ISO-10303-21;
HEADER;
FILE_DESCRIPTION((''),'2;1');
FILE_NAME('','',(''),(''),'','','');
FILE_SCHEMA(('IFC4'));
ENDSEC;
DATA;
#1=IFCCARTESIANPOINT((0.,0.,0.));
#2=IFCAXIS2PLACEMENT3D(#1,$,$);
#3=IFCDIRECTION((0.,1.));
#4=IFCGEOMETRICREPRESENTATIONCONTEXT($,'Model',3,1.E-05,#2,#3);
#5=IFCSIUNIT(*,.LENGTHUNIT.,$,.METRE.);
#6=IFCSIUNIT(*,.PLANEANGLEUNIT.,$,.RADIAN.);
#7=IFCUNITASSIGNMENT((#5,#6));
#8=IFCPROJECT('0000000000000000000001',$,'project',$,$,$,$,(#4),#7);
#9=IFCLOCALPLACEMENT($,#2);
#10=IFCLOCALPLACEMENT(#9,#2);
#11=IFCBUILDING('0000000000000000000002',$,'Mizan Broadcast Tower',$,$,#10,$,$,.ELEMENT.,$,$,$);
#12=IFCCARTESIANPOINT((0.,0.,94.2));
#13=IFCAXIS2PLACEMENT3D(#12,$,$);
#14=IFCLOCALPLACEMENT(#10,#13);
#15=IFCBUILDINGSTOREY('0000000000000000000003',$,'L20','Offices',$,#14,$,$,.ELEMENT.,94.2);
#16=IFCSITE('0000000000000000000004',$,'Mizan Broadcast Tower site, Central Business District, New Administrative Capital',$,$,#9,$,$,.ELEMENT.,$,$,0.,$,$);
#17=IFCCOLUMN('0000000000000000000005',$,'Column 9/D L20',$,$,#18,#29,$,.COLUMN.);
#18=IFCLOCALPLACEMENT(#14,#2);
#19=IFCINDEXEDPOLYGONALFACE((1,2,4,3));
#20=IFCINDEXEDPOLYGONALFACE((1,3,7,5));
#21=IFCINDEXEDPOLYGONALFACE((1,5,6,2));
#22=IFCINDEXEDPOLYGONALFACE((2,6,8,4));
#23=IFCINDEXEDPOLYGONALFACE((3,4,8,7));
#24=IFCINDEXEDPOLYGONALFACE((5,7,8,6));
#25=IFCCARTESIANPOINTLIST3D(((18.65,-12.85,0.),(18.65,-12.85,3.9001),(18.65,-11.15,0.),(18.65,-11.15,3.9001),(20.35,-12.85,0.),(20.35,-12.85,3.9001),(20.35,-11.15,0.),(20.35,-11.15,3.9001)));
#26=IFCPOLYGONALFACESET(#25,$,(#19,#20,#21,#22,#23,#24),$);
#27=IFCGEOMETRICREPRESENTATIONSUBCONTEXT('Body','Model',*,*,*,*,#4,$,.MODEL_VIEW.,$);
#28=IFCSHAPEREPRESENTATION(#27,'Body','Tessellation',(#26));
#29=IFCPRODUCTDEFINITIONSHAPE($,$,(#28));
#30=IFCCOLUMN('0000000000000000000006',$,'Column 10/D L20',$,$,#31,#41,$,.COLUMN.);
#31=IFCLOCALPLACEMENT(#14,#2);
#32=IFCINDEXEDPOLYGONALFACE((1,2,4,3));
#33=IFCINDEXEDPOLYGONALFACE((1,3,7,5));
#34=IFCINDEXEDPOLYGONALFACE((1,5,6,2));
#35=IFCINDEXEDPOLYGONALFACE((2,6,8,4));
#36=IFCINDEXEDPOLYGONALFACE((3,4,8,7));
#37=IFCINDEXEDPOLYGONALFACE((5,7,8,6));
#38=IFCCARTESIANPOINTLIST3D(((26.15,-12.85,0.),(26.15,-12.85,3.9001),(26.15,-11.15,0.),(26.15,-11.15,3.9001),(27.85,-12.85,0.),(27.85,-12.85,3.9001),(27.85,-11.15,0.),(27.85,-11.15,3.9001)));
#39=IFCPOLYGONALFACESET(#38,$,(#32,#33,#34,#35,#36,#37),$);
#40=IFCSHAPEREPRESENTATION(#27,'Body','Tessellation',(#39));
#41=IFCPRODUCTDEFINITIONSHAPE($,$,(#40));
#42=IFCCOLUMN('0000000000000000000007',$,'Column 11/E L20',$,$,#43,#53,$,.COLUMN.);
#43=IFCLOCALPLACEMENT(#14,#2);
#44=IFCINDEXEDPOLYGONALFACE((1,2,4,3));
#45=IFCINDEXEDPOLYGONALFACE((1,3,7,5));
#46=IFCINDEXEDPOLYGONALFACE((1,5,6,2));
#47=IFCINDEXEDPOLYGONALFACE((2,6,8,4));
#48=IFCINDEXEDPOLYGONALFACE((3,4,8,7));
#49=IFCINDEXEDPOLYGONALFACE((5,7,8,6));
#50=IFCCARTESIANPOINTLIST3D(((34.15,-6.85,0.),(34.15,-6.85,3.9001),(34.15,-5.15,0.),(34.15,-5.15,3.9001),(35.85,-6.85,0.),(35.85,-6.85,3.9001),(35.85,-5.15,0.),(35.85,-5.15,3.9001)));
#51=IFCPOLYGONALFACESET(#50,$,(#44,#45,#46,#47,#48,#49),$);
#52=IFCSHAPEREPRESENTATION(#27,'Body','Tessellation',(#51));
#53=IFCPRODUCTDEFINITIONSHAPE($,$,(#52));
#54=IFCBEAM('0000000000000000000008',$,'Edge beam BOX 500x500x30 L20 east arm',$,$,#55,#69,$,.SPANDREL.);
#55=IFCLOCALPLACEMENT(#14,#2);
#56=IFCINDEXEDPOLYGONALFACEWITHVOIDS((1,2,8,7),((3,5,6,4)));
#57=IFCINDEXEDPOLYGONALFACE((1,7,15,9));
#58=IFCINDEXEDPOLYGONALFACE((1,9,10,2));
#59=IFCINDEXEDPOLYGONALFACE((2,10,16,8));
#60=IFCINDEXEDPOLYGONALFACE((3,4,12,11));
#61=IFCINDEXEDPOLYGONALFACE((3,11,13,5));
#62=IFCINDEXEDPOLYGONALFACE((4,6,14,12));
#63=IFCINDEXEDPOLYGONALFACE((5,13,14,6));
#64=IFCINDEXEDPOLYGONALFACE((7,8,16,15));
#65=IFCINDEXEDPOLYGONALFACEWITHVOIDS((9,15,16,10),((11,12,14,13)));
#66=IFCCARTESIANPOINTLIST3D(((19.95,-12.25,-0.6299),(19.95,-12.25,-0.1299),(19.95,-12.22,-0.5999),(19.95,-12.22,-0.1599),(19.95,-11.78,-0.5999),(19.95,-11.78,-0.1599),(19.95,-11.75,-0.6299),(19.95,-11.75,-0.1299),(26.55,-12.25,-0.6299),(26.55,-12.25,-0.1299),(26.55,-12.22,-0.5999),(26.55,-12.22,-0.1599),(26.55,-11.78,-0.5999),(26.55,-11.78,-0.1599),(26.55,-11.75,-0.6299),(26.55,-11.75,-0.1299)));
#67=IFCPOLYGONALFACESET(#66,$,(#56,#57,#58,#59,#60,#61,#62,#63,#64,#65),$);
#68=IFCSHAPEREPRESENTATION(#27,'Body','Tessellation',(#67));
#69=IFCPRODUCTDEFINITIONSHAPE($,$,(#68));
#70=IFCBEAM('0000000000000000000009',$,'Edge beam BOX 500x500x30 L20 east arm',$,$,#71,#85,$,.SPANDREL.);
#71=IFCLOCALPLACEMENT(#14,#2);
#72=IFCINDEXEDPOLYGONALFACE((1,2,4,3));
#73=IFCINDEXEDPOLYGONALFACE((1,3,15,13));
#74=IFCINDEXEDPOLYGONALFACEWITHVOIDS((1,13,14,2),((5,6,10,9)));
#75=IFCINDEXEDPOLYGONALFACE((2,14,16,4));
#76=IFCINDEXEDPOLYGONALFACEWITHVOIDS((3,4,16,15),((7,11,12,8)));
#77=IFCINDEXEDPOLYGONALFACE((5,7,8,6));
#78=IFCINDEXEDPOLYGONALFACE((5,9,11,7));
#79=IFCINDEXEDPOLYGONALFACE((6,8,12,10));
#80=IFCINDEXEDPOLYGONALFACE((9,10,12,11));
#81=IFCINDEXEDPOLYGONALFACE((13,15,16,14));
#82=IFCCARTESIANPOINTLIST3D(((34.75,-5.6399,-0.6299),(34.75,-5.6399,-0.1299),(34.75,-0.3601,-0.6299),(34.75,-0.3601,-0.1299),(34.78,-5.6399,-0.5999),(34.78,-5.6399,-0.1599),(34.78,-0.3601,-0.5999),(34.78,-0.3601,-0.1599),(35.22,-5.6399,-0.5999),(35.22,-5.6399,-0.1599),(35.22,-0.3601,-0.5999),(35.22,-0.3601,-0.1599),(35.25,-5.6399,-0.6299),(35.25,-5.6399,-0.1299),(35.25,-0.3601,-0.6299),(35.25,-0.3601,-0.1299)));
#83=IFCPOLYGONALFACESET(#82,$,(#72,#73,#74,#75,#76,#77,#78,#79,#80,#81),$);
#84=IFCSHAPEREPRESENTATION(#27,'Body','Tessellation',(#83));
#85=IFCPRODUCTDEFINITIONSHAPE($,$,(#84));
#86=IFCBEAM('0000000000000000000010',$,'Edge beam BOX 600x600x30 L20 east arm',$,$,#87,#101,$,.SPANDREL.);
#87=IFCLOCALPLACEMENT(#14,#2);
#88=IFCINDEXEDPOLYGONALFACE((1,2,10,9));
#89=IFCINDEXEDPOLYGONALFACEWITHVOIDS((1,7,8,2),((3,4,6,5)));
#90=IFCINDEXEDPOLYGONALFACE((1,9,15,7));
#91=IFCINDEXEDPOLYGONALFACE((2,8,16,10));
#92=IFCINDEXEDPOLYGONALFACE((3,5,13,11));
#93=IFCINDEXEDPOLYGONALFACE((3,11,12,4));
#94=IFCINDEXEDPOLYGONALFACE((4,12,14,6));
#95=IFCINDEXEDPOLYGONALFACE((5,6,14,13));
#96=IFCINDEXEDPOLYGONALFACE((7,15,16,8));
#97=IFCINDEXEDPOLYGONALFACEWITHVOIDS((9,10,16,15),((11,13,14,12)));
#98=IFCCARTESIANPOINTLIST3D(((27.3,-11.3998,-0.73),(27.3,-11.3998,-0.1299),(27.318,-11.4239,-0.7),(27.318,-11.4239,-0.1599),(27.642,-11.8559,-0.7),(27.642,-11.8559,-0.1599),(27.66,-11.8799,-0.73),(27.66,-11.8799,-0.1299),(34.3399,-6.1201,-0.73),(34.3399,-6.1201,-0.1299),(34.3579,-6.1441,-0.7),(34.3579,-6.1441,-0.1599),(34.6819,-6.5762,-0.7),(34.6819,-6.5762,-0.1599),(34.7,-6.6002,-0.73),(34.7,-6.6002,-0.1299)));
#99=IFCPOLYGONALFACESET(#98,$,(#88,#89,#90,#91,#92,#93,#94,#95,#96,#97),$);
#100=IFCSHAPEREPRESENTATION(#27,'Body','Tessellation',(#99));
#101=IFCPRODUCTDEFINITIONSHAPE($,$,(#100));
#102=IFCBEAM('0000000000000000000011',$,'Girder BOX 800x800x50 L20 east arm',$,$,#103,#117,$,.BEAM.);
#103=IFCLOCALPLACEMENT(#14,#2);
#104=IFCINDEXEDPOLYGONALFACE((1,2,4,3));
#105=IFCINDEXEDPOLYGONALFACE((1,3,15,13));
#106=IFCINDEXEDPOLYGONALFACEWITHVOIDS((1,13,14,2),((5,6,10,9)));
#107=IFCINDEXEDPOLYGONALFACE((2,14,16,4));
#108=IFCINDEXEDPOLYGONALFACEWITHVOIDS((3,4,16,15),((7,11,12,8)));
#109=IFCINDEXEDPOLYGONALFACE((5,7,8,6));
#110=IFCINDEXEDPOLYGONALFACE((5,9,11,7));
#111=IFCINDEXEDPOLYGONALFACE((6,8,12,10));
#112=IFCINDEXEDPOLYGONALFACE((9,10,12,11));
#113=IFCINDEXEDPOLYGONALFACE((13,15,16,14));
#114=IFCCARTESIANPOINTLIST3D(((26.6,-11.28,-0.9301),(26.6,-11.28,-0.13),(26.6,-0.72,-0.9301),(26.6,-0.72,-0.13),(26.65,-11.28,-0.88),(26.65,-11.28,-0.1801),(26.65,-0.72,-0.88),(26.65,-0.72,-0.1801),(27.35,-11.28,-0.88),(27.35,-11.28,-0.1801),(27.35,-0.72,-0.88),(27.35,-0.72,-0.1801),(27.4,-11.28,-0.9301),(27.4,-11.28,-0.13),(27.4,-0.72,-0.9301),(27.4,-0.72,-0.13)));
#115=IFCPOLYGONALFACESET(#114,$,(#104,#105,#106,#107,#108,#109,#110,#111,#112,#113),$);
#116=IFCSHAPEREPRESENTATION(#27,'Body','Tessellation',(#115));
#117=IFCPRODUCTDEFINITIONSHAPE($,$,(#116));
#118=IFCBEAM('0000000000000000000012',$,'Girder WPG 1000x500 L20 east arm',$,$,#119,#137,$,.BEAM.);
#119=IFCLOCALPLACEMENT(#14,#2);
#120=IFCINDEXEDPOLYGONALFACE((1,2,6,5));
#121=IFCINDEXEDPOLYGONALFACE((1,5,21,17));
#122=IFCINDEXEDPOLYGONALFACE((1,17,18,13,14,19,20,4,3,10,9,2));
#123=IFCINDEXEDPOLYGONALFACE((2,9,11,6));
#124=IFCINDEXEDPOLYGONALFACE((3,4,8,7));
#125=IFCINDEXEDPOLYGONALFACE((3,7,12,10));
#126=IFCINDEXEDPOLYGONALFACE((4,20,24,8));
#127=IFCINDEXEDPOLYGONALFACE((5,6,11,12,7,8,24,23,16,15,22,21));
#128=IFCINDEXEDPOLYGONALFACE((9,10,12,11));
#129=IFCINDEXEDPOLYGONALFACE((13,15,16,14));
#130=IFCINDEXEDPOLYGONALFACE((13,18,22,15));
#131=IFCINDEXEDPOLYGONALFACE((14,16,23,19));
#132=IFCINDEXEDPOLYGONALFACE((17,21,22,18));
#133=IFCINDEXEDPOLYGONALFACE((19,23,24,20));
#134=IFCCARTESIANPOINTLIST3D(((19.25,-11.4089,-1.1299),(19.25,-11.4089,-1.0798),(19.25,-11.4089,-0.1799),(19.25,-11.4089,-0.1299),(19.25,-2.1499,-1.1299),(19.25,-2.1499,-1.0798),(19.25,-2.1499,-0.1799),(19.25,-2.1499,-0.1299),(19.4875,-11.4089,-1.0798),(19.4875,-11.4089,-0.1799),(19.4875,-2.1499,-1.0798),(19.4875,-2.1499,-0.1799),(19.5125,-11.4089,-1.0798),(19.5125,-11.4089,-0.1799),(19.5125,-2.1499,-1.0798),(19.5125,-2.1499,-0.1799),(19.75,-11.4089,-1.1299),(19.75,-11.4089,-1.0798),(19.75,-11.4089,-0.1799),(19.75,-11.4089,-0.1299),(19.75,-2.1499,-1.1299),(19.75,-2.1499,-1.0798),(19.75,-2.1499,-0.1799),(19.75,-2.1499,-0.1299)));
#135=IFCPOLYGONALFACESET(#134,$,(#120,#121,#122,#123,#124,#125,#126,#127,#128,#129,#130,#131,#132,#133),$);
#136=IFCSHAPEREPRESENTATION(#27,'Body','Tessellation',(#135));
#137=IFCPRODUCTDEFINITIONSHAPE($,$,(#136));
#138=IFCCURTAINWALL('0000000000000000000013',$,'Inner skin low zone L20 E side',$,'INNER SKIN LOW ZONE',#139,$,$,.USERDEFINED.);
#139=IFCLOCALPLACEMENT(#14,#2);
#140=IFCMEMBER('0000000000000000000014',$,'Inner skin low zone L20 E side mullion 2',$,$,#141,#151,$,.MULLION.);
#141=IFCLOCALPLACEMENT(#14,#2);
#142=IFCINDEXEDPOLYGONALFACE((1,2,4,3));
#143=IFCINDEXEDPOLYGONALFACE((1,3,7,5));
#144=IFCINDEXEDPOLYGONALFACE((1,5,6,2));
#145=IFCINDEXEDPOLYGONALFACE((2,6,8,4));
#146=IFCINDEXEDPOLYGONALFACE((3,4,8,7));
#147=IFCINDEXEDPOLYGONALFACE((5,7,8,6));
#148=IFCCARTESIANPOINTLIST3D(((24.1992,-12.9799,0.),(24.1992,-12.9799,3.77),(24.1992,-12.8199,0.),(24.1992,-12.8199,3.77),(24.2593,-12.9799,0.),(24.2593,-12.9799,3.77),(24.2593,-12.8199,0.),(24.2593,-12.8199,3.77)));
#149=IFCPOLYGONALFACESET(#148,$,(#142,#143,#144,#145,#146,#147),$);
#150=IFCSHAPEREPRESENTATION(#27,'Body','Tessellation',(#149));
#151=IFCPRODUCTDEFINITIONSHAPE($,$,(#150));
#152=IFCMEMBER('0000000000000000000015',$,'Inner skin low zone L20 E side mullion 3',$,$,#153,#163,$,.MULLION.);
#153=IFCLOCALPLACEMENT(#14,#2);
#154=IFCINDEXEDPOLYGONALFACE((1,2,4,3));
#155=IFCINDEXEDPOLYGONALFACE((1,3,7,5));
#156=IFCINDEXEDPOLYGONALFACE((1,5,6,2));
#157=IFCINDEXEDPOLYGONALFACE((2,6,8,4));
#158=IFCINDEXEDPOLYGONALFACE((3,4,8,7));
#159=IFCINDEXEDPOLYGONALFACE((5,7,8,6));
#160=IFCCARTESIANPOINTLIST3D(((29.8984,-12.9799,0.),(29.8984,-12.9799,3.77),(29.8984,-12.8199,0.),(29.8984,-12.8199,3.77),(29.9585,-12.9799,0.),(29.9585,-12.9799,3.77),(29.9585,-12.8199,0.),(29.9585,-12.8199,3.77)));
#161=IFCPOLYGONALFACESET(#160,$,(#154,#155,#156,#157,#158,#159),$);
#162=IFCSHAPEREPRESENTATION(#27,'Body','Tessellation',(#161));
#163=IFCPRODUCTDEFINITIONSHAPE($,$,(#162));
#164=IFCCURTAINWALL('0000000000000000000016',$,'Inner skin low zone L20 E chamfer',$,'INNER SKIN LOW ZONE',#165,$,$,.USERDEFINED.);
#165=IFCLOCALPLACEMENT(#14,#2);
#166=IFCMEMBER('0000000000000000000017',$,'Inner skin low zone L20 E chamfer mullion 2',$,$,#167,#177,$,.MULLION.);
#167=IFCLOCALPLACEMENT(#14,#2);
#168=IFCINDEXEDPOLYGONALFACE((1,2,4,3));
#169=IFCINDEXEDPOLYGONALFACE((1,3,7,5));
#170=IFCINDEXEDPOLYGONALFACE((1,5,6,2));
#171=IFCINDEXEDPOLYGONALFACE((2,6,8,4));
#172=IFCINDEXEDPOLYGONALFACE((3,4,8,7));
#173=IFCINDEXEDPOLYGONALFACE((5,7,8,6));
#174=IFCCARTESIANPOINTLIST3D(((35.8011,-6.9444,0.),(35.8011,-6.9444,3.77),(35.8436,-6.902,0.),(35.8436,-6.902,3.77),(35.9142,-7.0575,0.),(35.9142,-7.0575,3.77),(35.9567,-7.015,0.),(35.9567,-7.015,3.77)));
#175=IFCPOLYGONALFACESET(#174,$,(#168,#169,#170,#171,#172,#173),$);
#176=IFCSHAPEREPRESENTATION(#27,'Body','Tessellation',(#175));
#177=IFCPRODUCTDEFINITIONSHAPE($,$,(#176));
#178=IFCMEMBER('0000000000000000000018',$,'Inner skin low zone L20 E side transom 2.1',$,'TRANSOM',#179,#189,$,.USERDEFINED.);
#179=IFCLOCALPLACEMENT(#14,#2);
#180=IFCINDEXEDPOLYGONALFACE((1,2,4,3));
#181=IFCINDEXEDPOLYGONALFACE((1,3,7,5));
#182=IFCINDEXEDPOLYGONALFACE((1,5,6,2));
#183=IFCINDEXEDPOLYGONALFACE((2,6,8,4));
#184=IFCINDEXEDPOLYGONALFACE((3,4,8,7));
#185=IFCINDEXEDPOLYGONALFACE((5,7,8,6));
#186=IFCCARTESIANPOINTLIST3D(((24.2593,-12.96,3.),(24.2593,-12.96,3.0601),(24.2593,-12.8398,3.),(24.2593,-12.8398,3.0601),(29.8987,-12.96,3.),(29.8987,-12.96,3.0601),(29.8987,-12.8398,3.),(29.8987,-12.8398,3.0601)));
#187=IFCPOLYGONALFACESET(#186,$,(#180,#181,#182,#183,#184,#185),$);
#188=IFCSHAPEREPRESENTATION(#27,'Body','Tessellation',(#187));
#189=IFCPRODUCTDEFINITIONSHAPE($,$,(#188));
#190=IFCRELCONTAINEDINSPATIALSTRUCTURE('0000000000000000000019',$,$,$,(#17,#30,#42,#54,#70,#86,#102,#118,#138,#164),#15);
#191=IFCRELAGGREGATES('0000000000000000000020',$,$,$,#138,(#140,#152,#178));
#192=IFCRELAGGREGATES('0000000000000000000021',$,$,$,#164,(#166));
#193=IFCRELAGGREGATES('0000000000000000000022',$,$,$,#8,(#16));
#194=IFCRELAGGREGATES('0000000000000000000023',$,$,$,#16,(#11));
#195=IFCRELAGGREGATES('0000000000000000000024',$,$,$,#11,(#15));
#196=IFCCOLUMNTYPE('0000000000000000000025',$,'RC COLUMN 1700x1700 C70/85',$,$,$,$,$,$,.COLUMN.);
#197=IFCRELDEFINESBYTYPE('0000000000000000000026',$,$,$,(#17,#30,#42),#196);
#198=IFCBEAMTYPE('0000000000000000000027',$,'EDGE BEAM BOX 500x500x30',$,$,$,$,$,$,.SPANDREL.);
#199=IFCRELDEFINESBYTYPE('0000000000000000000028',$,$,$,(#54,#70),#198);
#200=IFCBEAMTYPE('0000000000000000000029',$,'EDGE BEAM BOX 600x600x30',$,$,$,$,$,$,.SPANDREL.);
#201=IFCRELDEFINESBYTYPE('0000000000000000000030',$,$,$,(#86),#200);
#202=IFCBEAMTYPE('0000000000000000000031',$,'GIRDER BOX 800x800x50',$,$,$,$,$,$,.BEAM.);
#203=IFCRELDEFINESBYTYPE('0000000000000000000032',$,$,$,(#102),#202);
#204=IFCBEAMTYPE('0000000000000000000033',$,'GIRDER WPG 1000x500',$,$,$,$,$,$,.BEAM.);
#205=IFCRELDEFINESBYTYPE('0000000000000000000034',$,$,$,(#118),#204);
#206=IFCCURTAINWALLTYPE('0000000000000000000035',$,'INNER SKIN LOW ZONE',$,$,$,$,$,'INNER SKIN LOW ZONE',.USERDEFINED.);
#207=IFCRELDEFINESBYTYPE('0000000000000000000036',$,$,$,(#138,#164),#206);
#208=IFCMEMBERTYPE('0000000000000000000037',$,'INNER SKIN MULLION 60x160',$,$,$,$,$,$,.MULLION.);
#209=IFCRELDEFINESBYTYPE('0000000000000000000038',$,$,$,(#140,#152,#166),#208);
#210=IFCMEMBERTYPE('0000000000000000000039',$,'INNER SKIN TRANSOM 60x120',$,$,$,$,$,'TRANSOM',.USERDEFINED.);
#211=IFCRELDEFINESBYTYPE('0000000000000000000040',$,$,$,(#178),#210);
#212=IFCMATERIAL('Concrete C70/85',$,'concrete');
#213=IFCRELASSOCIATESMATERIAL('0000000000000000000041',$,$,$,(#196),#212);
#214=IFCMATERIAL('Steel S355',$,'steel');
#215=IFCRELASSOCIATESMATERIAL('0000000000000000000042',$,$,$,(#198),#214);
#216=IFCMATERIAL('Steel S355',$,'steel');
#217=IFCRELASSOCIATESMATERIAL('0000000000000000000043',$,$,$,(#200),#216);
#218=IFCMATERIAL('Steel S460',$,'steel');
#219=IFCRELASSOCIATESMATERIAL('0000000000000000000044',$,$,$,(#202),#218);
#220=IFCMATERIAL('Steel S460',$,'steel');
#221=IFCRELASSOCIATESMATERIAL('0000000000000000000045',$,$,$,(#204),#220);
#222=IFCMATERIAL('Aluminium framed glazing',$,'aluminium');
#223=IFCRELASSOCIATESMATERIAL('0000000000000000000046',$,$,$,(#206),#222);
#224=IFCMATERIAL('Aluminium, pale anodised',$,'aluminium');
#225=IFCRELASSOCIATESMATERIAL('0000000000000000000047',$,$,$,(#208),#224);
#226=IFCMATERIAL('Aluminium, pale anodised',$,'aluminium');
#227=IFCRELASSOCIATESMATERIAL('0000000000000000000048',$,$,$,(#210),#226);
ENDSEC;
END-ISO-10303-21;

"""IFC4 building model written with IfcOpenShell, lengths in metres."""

from ifc_helpers import new_model, si_unit, direction, frame, origin, origin_2d, place, context, subcontext, project, spatial, rectangle, hollow_rectangle, i_section, extrude, material, material_profile, profile_set, type_object, element, aggregate, save


model = new_model("IFC4")

# Units and contexts
model_context = context("Model", 3, precision=1e-05, world=origin(), true_north=direction((0.0, 1.0)))
body_context = subcontext(model_context, "Body", "Model", "MODEL_VIEW")
ifc_project = project(units=[si_unit("LENGTHUNIT", "METRE"), si_unit("PLANEANGLEUNIT", "RADIAN")], contexts=[model_context])

# Site, building, storey
site_placement = place(None, origin())
site = spatial("IfcSite", under=ifc_project, at=site_placement, Name="Mizan Broadcast Tower site, Central Business District, New Administrative Capital", CompositionType="ELEMENT", RefElevation=0.0)
building_placement = place(site_placement, origin())
building = spatial("IfcBuilding", under=site, at=building_placement, Name="Mizan Broadcast Tower", CompositionType="ELEMENT")
storey_placement = place(building_placement, frame((0.0, 0.0, 94.2)))
storey = spatial("IfcBuildingStorey", under=building, at=storey_placement, Name="L20", Description="Offices", CompositionType="ELEMENT", Elevation=94.2)

# Columns
ifc_material_1 = material(Name="Concrete C70/85", Category="concrete")
ifc_material_profile_1 = material_profile(ifc_material_1, rectangle(XDim=1.7, YDim=1.7, at=origin_2d()), Name="RC 1700x1700")
ifc_profile_set_1 = profile_set([ifc_material_profile_1], Name="Concrete C70/85")
column_type = type_object("IfcColumnType", Name="RC COLUMN 1700x1700 C70/85", PredefinedType="COLUMN", material=ifc_profile_set_1)
for number, where, z_axis, x_axis, name in (
    (1, (19.5, -12.0, 0.0), (0.0, 0.0, 1.0), (1.0, 0.0, 0.0), "Column 9/D L20"),
    (2, (27.0, -12.0, 0.0), (0.0, 0.0, 1.0), (1.0, 0.0, 0.0), "Column 10/D L20"),
    (3, (35.0, -6.0, 0.0), (0.0, 0.0, 1.0), (1.0, 0.0, 0.0), "Column 11/E L20"),
):
    element("IfcColumn", number, at=place(storey_placement, frame(where, z_axis=z_axis, x_axis=x_axis)), inside=storey, type_object=column_type, Name=name, PredefinedType="COLUMN", context=body_context, shape_type="SweptSolid", body=[
        extrude(rectangle(XDim=1.7, YDim=1.7, at=origin_2d()), origin(), (0.0, 0.0, 1.0), 3.9001),
    ])

# Beams
ifc_material_2 = material(Name="Steel S355", Category="steel")
ifc_material_profile_2 = material_profile(ifc_material_2, hollow_rectangle(XDim=0.5, YDim=0.5, WallThickness=0.03, at=origin_2d()), Name="BOX 500x500x30")
ifc_profile_set_2 = profile_set([ifc_material_profile_2], Name="Steel S355")
beam_type_1 = type_object("IfcBeamType", Name="EDGE BEAM BOX 500x500x30", PredefinedType="SPANDREL", material=ifc_profile_set_2)
beam_1_placement = place(storey_placement, frame((19.95, -12.0, -0.3799), z_axis=(1.0, 0.0, 0.0), x_axis=(0.0, 1.0, 0.0)))
element("IfcBeam", 4, at=beam_1_placement, inside=storey, type_object=beam_type_1, Name="Edge beam BOX 500x500x30 L20 east arm", PredefinedType="SPANDREL", context=body_context, shape_type="SweptSolid", body=[
    extrude(hollow_rectangle(XDim=0.5, YDim=0.5, WallThickness=0.03, at=origin_2d()), origin(), (0.0, 0.0, 1.0), 6.6001),
])
beam_2_placement = place(storey_placement, frame((35.0, -5.6399, -0.3799), z_axis=(0.0, 1.0, 0.0), x_axis=(-1.0, 0.0, 0.0)))
element("IfcBeam", 5, at=beam_2_placement, inside=storey, type_object=beam_type_1, Name="Edge beam BOX 500x500x30 L20 east arm", PredefinedType="SPANDREL", context=body_context, shape_type="SweptSolid", body=[
    extrude(hollow_rectangle(XDim=0.5, YDim=0.5, WallThickness=0.03, at=origin_2d()), origin(), (0.0, 0.0, 1.0), 5.2798),
])
ifc_material_3 = material(Name="Steel S355", Category="steel")
ifc_material_profile_3 = material_profile(ifc_material_3, hollow_rectangle(XDim=0.6001, YDim=0.6001, WallThickness=0.03, at=origin_2d()), Name="BOX 600x600x30")
ifc_profile_set_3 = profile_set([ifc_material_profile_3], Name="Steel S355")
beam_type_2 = type_object("IfcBeamType", Name="EDGE BEAM BOX 600x600x30", PredefinedType="SPANDREL", material=ifc_profile_set_3)
beam_3_placement = place(storey_placement, frame((27.48, -11.6399, -0.4299), z_axis=(0.800013, 0.599982, 0.0), x_axis=(-0.599982, 0.800013, 0.0)))
element("IfcBeam", 6, at=beam_3_placement, inside=storey, type_object=beam_type_2, Name="Edge beam BOX 600x600x30 L20 east arm", PredefinedType="SPANDREL", context=body_context, shape_type="SweptSolid", body=[
    extrude(hollow_rectangle(XDim=0.6001, YDim=0.6001, WallThickness=0.03, at=origin_2d()), origin(), (0.0, 0.0, 1.0), 8.7998),
])
ifc_material_4 = material(Name="Steel S460", Category="steel")
ifc_material_profile_4 = material_profile(ifc_material_4, hollow_rectangle(XDim=0.8, YDim=0.8, WallThickness=0.05, at=origin_2d()), Name="BOX 800x800x50")
ifc_profile_set_4 = profile_set([ifc_material_profile_4], Name="Steel S460")
beam_type_3 = type_object("IfcBeamType", Name="GIRDER BOX 800x800x50", PredefinedType="BEAM", material=ifc_profile_set_4)
beam_4_placement = place(storey_placement, frame((27.0, -11.28, -0.53), z_axis=(0.0, 1.0, 0.0), x_axis=(-1.0, 0.0, 0.0)))
element("IfcBeam", 7, at=beam_4_placement, inside=storey, type_object=beam_type_3, Name="Girder BOX 800x800x50 L20 east arm", PredefinedType="BEAM", context=body_context, shape_type="SweptSolid", body=[
    extrude(hollow_rectangle(XDim=0.8, YDim=0.8, WallThickness=0.05, at=origin_2d()), origin(), (0.0, 0.0, 1.0), 10.5601),
])
ifc_material_5 = material(Name="Steel S460", Category="steel")
ifc_material_profile_5 = material_profile(ifc_material_5, i_section(OverallWidth=0.5, OverallDepth=1.0, WebThickness=0.0249, FlangeThickness=0.05, at=origin_2d()), Name="WPG 1000x500")
ifc_profile_set_5 = profile_set([ifc_material_profile_5], Name="Steel S460")
beam_type_4 = type_object("IfcBeamType", Name="GIRDER WPG 1000x500", PredefinedType="BEAM", material=ifc_profile_set_5)
beam_5_placement = place(storey_placement, frame((19.5, -11.4089, -0.6299), z_axis=(0.0, 1.0, 0.0), x_axis=(-1.0, 0.0, 0.0)))
element("IfcBeam", 8, at=beam_5_placement, inside=storey, type_object=beam_type_4, Name="Girder WPG 1000x500 L20 east arm", PredefinedType="BEAM", context=body_context, shape_type="SweptSolid", body=[
    extrude(i_section(OverallWidth=0.5, OverallDepth=1.0, WebThickness=0.0249, FlangeThickness=0.05, at=origin_2d()), origin(), (0.0, 0.0, 1.0), 9.259),
])

# Curtain wall, members
ifc_material_6 = material(Name="Aluminium framed glazing", Category="aluminium")
curtain_wall_type_1 = type_object("IfcCurtainWallType", Name="INNER SKIN LOW ZONE", ElementType="INNER SKIN LOW ZONE", PredefinedType="USERDEFINED", material=ifc_material_6)
curtain_wall_1_placement = place(storey_placement, origin())
curtain_wall_1 = element("IfcCurtainWall", 9, at=curtain_wall_1_placement, inside=storey, type_object=curtain_wall_type_1, Name="Inner skin low zone L20 E side", ObjectType="INNER SKIN LOW ZONE", PredefinedType="USERDEFINED")
ifc_material_7 = material(Name="Aluminium, pale anodised", Category="aluminium")
ifc_material_profile_6 = material_profile(ifc_material_7, rectangle(XDim=0.1599, YDim=0.0601, at=origin_2d()), Name="MULLION 160x60")
ifc_profile_set_6 = profile_set([ifc_material_profile_6], Name="Aluminium, pale anodised")
member_type_1 = type_object("IfcMemberType", Name="INNER SKIN MULLION 60x160", PredefinedType="MULLION", material=ifc_profile_set_6)
member_1_placement = place(storey_placement, frame((24.2292, -12.8999, 0.0), z_axis=(0.0, 0.0, 1.0), x_axis=(0.0, 1.0, 0.0)))
member_1 = element("IfcMember", 10, at=member_1_placement, type_object=member_type_1, Name="Inner skin low zone L20 E side mullion 2", PredefinedType="MULLION", context=body_context, shape_type="SweptSolid", body=[
    extrude(rectangle(XDim=0.1599, YDim=0.0601, at=origin_2d()), origin(), (0.0, 0.0, 1.0), 3.77),
])
member_2_placement = place(storey_placement, frame((29.9285, -12.8999, 0.0), z_axis=(0.0, 0.0, 1.0), x_axis=(0.0, 1.0, 0.0)))
member_2 = element("IfcMember", 11, at=member_2_placement, type_object=member_type_1, Name="Inner skin low zone L20 E side mullion 3", PredefinedType="MULLION", context=body_context, shape_type="SweptSolid", body=[
    extrude(rectangle(XDim=0.1599, YDim=0.0601, at=origin_2d()), origin(), (0.0, 0.0, 1.0), 3.77),
])

# Curtain wall, member
curtain_wall_2_placement = place(storey_placement, origin())
curtain_wall_2 = element("IfcCurtainWall", 12, at=curtain_wall_2_placement, inside=storey, type_object=curtain_wall_type_1, Name="Inner skin low zone L20 E chamfer", ObjectType="INNER SKIN LOW ZONE", PredefinedType="USERDEFINED")
member_3_placement = place(storey_placement, frame((35.8789, -6.9797, 0.0), z_axis=(0.0, 0.0, 1.0), x_axis=(-0.707107, 0.707107, 0.0)))
member_3 = element("IfcMember", 13, at=member_3_placement, type_object=member_type_1, Name="Inner skin low zone L20 E chamfer mullion 2", PredefinedType="MULLION", context=body_context, shape_type="SweptSolid", body=[
    extrude(rectangle(XDim=0.1599, YDim=0.0601, at=origin_2d()), origin(), (0.0, 0.0, 1.0), 3.77),
])

# Member
ifc_material_8 = material(Name="Aluminium, pale anodised", Category="aluminium")
ifc_material_profile_7 = material_profile(ifc_material_8, rectangle(XDim=0.1201, YDim=0.0601, at=origin_2d()), Name="TRANSOM 120x60")
ifc_profile_set_7 = profile_set([ifc_material_profile_7], Name="Aluminium, pale anodised")
member_type_2 = type_object("IfcMemberType", Name="INNER SKIN TRANSOM 60x120", ElementType="TRANSOM", PredefinedType="USERDEFINED", material=ifc_profile_set_7)
member_4_placement = place(storey_placement, frame((24.2593, -12.8999, 3.03), z_axis=(1.0, 0.0, 0.0), x_axis=(0.0, 1.0, 0.0)))
member_4 = element("IfcMember", 14, at=member_4_placement, type_object=member_type_2, Name="Inner skin low zone L20 E side transom 2.1", ObjectType="TRANSOM", PredefinedType="USERDEFINED", context=body_context, shape_type="SweptSolid", body=[
    extrude(rectangle(XDim=0.1201, YDim=0.0601, at=origin_2d()), origin(), (0.0, 0.0, 1.0), 5.6394),
])

aggregate(curtain_wall_1, [member_1, member_2, member_4])
aggregate(curtain_wall_2, [member_3])

save(model, "model.ifc")
